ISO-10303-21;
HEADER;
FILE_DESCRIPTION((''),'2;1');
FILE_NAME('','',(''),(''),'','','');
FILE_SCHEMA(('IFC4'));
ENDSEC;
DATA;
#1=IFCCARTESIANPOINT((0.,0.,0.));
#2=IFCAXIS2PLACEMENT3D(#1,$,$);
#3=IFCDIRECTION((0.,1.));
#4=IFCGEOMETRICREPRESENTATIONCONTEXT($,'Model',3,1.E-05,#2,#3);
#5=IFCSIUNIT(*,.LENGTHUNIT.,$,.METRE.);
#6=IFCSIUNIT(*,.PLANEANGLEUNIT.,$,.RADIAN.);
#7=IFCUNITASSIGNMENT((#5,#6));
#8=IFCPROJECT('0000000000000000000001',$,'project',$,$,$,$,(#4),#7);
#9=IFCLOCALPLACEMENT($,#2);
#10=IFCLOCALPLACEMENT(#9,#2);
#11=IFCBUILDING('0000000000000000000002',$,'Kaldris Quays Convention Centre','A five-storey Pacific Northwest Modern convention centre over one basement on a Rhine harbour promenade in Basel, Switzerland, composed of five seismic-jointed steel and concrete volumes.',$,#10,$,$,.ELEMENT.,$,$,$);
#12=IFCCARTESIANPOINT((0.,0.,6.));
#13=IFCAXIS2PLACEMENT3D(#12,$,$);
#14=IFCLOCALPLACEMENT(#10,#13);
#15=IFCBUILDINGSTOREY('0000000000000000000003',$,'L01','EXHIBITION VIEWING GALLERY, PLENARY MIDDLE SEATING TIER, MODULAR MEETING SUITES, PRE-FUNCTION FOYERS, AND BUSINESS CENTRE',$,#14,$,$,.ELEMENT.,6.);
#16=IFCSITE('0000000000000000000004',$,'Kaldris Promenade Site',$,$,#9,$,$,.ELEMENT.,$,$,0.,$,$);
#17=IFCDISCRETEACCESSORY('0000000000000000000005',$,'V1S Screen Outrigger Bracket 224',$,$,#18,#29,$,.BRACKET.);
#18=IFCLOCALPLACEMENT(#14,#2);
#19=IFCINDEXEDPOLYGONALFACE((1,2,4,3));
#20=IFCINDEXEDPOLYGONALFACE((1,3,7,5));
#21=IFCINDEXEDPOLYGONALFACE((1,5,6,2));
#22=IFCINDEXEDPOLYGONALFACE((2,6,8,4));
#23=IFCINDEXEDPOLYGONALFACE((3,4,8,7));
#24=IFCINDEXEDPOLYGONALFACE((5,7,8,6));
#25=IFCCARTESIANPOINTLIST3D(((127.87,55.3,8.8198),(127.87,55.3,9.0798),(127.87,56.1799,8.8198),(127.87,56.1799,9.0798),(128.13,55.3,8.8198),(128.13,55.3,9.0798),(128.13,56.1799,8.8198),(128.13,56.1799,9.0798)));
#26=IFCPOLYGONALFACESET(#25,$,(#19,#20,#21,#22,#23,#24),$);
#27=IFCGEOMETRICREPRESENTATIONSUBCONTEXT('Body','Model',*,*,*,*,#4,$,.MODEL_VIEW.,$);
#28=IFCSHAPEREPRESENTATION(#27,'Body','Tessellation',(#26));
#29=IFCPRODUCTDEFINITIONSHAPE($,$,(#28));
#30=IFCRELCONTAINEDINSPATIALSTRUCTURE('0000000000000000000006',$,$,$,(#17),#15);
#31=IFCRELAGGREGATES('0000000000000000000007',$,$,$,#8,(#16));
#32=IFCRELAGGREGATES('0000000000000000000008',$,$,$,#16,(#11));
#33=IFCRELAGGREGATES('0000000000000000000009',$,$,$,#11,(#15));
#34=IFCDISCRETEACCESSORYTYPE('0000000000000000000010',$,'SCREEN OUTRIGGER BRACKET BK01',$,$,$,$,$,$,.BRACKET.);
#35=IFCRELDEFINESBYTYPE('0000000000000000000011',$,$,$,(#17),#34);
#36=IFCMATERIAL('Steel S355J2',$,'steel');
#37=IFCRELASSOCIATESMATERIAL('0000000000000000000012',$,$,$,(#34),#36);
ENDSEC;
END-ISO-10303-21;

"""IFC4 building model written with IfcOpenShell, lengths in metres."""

from ifc_helpers import new_model, si_unit, direction, frame, origin, origin_2d, place, context, subcontext, project, spatial, rectangle, extrude, material, type_object, element, save


model = new_model("IFC4")

# Units and contexts
model_context = context("Model", 3, precision=1e-05, world=origin(), true_north=direction((0.0, 1.0)))
body_context = subcontext(model_context, "Body", "Model", "MODEL_VIEW")
ifc_project = project(units=[si_unit("LENGTHUNIT", "METRE"), si_unit("PLANEANGLEUNIT", "RADIAN")], contexts=[model_context])

# Site, building, storey
site_placement = place(None, origin())
site = spatial("IfcSite", under=ifc_project, at=site_placement, Name="Kaldris Promenade Site", CompositionType="ELEMENT", RefElevation=0.0)
building_placement = place(site_placement, origin())
building = spatial("IfcBuilding", under=site, at=building_placement, Name="Kaldris Quays Convention Centre", Description="A five-storey Pacific Northwest Modern convention centre over one basement on a Rhine harbour promenade in Basel, Switzerland, composed of five seismic-jointed steel and concrete volumes.", CompositionType="ELEMENT")
storey_placement = place(building_placement, frame((0.0, 0.0, 6.0)))
storey = spatial("IfcBuildingStorey", under=building, at=storey_placement, Name="L01", Description="EXHIBITION VIEWING GALLERY, PLENARY MIDDLE SEATING TIER, MODULAR MEETING SUITES, PRE-FUNCTION FOYERS, AND BUSINESS CENTRE", CompositionType="ELEMENT", Elevation=6.0)

# Shared definitions
ifc_material_1 = material(Name="Steel S355J2", Category="steel")

# Discrete accessory
discrete_accessory_type = type_object("IfcDiscreteAccessoryType", Name="SCREEN OUTRIGGER BRACKET BK01", PredefinedType="BRACKET", material=ifc_material_1)
for number, where, z_axis, x_axis, name in (
    (1, (128.0, 55.74, 8.8198), (0.0, 0.0, 1.0), (1.0, 0.0, 0.0), "V1S Screen Outrigger Bracket 224"),
):
    element("IfcDiscreteAccessory", number, at=place(storey_placement, frame(where, z_axis=z_axis, x_axis=x_axis)), inside=storey, type_object=discrete_accessory_type, Name=name, PredefinedType="BRACKET", context=body_context, shape_type="SweptSolid", body=[
        extrude(rectangle(XDim=0.26, YDim=0.8799, at=origin_2d()), origin(), (0.0, 0.0, 1.0), 0.26),
    ])

save(model, "model.ifc")
